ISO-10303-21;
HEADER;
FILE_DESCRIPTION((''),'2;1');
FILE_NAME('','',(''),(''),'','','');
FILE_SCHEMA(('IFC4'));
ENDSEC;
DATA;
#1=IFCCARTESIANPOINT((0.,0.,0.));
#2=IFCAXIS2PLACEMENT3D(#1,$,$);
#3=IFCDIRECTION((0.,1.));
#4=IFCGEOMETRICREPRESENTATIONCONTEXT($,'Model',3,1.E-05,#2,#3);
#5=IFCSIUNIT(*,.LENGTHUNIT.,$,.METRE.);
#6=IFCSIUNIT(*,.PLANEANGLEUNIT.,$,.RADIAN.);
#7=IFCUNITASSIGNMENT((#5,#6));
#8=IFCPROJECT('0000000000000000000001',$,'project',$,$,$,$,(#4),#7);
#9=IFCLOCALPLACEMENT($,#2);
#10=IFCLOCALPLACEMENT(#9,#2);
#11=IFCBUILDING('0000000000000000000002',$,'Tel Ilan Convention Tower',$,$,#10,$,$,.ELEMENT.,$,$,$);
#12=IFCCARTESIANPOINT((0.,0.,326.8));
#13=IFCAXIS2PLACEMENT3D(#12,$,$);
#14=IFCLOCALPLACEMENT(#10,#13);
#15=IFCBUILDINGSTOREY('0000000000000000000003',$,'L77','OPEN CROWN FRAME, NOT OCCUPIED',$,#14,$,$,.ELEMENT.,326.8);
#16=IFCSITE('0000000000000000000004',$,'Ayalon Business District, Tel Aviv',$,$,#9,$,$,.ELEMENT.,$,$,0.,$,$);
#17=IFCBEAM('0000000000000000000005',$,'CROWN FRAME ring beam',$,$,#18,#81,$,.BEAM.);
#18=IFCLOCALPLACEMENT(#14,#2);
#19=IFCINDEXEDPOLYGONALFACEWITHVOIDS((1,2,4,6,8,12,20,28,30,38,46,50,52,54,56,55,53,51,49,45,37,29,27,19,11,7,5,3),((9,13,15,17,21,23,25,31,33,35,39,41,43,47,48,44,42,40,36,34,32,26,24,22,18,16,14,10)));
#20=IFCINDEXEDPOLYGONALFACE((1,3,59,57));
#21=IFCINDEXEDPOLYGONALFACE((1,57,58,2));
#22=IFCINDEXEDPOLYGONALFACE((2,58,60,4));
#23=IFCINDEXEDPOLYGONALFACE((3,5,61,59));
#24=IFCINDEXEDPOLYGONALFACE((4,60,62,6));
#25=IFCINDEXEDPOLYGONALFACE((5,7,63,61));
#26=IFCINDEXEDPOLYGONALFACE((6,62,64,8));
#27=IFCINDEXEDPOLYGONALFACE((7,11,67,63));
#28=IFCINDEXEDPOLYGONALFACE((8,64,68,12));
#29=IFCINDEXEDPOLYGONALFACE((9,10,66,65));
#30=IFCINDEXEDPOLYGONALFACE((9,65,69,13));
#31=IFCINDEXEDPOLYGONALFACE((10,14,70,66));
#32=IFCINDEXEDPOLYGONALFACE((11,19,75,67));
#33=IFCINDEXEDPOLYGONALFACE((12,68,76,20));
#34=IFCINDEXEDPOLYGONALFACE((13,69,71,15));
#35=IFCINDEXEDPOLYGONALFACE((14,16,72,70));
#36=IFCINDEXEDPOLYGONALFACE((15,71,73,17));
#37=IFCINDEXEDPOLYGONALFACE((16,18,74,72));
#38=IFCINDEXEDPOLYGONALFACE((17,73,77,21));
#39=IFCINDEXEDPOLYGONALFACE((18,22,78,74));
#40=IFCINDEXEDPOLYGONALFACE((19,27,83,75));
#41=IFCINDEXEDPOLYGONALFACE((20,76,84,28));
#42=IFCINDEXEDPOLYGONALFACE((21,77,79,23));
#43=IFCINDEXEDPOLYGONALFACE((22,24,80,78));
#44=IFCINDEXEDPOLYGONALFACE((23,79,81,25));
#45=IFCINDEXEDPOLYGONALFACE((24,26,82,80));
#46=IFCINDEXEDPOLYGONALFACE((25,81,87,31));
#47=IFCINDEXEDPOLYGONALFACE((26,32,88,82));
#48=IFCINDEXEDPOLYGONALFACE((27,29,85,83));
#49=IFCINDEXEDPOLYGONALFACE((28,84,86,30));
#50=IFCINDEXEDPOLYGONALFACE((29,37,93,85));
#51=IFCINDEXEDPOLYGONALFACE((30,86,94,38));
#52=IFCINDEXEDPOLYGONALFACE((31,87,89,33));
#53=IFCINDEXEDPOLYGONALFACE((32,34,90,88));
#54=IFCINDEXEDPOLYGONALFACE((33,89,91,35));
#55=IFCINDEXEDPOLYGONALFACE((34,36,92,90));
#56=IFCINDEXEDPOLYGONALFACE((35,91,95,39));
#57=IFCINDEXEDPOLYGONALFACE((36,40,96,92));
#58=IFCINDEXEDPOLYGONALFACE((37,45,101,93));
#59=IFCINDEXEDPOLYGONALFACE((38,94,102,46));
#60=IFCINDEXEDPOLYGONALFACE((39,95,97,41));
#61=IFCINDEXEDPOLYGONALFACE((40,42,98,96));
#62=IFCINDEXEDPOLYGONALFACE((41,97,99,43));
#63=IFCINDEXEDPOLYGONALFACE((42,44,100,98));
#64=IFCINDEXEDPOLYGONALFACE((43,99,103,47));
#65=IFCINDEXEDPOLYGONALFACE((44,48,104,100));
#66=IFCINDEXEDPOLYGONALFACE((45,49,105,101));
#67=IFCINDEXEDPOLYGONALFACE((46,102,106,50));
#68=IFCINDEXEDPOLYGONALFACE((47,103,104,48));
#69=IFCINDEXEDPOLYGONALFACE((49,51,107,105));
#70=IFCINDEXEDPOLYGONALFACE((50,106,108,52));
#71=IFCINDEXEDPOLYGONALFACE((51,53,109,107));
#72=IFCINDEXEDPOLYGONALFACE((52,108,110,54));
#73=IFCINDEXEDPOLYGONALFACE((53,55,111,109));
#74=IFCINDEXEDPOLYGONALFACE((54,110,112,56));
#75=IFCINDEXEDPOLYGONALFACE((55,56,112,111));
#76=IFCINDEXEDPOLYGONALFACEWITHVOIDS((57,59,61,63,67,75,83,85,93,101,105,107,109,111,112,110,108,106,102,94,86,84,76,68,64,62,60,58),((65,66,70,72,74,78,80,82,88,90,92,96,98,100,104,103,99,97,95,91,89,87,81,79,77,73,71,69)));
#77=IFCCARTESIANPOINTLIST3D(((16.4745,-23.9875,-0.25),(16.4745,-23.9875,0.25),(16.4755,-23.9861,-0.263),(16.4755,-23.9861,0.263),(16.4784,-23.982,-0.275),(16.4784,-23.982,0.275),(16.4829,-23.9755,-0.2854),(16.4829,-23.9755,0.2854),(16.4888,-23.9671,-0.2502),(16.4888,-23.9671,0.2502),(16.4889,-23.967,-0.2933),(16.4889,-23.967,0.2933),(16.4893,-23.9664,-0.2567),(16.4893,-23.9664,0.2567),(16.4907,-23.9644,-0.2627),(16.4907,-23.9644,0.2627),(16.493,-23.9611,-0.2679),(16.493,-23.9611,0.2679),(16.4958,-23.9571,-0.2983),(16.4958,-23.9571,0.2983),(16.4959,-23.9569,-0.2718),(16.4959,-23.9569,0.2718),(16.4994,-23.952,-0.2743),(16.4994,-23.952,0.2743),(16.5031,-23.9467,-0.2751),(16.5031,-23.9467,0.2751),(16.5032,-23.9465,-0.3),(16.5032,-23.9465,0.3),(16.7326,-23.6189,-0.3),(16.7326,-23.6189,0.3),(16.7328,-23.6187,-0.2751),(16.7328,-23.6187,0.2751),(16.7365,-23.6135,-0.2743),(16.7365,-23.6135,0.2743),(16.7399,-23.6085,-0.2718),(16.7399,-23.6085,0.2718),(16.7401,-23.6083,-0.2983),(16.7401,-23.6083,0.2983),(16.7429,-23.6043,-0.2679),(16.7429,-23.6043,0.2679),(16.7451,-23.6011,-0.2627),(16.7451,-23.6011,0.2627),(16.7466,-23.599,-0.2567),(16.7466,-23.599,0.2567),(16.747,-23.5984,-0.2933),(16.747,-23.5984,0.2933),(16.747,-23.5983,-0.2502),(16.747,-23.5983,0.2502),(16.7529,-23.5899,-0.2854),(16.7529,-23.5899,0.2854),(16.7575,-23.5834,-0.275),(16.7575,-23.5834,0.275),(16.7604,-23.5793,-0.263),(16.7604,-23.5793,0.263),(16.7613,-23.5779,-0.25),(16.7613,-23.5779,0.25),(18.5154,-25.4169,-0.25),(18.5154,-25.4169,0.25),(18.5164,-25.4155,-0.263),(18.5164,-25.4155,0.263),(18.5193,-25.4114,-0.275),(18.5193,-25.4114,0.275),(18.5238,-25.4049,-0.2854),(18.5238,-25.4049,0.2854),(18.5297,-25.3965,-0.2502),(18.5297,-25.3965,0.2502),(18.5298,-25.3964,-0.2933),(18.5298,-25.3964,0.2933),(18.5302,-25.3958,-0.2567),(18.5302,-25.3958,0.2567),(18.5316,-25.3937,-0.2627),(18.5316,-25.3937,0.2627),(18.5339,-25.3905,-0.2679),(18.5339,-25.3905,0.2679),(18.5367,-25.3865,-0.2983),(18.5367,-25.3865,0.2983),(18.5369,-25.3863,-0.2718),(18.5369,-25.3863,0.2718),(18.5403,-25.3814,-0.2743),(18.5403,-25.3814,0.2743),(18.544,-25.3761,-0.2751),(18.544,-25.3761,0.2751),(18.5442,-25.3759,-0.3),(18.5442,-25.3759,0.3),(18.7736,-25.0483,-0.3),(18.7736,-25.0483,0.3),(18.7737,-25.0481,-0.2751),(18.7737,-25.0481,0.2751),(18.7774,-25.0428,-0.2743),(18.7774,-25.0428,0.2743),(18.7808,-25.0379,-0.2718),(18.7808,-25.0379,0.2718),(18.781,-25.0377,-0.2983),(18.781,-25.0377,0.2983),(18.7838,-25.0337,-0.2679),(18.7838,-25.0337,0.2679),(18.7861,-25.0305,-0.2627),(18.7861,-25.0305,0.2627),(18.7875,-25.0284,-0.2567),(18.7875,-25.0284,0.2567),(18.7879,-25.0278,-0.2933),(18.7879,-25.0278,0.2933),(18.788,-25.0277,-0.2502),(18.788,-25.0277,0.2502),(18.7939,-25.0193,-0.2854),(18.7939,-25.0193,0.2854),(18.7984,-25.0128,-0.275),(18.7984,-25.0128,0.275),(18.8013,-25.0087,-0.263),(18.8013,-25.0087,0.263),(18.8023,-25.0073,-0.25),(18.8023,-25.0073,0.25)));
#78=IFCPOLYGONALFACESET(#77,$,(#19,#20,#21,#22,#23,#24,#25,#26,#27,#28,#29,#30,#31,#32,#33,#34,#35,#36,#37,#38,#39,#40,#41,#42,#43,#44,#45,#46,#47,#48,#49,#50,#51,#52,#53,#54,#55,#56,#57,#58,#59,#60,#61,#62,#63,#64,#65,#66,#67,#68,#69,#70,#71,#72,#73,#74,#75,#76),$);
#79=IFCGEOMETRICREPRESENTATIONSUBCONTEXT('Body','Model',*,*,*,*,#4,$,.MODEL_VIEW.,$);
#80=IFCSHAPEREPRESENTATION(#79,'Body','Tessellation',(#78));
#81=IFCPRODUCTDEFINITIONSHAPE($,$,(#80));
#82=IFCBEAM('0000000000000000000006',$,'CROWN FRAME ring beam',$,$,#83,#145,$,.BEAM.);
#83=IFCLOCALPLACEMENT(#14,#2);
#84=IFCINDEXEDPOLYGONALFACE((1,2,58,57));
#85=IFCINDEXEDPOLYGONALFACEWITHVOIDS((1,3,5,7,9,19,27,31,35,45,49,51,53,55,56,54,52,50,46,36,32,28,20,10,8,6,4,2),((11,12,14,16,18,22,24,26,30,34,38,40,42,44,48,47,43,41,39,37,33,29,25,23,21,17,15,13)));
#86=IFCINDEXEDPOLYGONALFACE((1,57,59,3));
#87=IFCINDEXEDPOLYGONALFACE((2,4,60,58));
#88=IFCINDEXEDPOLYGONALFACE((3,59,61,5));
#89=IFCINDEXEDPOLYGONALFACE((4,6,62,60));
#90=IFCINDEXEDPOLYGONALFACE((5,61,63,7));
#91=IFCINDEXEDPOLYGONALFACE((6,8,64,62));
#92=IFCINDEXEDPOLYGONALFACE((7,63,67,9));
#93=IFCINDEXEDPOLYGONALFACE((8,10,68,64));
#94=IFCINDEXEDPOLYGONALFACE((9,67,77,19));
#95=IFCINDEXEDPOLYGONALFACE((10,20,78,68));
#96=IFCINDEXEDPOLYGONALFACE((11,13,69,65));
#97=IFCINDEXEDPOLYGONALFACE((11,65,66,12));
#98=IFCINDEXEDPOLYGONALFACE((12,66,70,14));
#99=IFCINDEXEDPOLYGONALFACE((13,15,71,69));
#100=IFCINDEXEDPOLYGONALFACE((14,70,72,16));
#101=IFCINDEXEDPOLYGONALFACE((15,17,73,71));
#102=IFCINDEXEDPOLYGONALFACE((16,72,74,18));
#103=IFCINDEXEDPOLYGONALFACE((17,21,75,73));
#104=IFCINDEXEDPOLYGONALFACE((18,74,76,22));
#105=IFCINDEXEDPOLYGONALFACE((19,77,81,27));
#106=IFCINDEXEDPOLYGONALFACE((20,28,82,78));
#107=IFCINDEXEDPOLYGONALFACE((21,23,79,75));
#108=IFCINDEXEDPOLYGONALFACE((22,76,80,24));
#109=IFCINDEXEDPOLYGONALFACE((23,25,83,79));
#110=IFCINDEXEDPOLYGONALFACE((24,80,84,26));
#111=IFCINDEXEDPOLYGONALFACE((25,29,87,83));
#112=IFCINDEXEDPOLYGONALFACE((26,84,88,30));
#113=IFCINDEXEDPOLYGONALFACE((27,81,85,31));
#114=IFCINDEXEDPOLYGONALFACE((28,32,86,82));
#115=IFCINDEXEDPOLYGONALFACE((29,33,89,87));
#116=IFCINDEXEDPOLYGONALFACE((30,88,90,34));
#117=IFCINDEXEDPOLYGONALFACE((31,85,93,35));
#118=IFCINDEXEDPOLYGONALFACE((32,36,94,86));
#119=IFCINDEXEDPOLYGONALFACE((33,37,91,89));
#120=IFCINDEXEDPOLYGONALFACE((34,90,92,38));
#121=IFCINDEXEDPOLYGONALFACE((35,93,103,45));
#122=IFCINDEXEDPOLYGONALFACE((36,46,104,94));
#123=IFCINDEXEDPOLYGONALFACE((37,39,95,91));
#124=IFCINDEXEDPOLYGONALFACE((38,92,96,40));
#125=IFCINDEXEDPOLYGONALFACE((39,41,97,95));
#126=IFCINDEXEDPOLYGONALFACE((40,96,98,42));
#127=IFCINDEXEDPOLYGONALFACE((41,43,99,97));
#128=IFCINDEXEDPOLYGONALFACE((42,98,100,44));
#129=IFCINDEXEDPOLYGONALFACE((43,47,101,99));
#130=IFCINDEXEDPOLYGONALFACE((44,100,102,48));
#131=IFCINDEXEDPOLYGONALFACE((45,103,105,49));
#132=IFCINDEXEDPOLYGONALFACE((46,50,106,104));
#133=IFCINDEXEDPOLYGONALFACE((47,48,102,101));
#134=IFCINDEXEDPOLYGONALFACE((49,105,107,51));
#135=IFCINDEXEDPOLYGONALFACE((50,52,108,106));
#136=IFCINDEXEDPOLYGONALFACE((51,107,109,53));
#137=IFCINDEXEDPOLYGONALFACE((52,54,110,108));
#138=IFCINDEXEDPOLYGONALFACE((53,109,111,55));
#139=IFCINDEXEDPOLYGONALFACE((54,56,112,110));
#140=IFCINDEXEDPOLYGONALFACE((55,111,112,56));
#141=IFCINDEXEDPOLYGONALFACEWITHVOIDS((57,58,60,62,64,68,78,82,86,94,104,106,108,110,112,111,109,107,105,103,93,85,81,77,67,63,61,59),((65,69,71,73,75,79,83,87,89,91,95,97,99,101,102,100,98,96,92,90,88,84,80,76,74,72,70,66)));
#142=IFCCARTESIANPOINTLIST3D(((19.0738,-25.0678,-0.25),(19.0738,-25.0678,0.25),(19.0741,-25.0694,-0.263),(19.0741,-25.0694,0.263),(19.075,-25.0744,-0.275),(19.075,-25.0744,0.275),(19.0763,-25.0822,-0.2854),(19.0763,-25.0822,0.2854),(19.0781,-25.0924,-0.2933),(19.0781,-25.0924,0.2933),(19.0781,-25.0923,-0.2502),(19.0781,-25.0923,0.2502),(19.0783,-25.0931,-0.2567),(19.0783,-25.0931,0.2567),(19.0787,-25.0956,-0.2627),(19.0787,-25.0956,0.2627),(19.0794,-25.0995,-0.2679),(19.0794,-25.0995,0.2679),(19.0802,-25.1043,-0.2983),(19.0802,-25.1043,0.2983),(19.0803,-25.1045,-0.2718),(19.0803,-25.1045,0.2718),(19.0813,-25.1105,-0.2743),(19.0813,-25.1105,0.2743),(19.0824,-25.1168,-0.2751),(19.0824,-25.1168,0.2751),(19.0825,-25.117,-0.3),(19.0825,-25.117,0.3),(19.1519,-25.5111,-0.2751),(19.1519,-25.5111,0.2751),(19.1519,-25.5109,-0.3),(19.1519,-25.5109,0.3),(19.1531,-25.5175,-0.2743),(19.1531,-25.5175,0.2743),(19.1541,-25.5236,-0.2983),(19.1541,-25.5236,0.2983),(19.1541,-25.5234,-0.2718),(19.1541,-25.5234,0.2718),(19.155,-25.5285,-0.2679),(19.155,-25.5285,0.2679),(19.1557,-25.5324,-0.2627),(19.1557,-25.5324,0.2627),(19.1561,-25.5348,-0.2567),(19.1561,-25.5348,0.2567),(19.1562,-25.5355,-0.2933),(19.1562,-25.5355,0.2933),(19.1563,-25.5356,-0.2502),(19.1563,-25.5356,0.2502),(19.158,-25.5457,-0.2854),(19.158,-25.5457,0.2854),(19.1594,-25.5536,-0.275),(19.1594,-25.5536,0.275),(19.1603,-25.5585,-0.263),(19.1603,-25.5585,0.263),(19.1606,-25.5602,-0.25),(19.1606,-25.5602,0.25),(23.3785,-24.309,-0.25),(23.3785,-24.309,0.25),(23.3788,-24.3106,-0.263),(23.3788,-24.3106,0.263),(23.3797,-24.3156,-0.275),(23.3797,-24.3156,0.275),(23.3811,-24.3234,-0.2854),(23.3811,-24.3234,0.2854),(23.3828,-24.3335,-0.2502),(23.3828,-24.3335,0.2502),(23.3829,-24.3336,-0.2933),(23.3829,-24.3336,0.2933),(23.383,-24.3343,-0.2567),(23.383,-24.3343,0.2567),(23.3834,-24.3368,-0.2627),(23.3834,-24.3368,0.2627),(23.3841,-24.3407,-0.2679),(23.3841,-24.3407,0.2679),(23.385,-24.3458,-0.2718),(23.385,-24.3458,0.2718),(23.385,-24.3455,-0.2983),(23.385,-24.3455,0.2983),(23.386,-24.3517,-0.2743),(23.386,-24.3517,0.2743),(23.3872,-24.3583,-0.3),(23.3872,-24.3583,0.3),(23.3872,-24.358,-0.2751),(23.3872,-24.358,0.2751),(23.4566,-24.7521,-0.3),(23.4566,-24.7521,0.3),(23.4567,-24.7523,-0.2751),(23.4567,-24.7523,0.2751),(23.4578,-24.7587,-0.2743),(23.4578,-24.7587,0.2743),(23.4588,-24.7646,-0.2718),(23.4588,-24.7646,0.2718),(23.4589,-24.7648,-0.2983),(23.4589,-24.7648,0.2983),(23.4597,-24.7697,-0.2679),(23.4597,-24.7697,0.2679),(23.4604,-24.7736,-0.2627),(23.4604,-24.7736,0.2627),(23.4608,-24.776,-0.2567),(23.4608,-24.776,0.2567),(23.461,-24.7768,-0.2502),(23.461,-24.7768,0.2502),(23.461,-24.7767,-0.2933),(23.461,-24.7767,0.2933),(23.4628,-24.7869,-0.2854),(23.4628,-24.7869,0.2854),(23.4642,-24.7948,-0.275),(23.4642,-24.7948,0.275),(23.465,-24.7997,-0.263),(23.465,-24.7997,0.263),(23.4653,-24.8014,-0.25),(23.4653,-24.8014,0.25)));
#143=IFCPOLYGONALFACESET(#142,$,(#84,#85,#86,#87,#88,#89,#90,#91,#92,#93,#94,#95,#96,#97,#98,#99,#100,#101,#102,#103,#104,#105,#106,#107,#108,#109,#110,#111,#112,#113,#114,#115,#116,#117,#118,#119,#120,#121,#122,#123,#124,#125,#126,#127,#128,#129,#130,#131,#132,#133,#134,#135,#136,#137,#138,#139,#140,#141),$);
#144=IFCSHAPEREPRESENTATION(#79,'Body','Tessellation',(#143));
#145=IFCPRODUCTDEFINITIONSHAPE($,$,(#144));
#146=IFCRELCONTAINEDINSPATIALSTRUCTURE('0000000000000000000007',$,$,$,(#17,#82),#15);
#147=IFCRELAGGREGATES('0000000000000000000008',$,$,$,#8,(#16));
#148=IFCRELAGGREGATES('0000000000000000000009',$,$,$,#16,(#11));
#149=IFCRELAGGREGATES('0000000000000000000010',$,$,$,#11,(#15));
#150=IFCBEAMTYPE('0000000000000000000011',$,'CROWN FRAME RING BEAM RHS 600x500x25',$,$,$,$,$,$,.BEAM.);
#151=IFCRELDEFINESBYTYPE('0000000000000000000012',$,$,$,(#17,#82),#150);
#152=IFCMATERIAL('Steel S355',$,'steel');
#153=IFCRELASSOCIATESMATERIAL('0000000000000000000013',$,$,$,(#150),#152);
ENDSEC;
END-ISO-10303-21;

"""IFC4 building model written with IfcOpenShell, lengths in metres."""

from ifc_helpers import new_model, si_unit, direction, frame, origin, origin_2d, place, context, subcontext, project, spatial, hollow_rectangle, extrude, material, material_profile, profile_set, type_object, element, save


model = new_model("IFC4")

# Units and contexts
model_context = context("Model", 3, precision=1e-05, world=origin(), true_north=direction((0.0, 1.0)))
body_context = subcontext(model_context, "Body", "Model", "MODEL_VIEW")
ifc_project = project(units=[si_unit("LENGTHUNIT", "METRE"), si_unit("PLANEANGLEUNIT", "RADIAN")], contexts=[model_context])

# Site, building, storey
site_placement = place(None, origin())
site = spatial("IfcSite", under=ifc_project, at=site_placement, Name="Ayalon Business District, Tel Aviv", CompositionType="ELEMENT", RefElevation=0.0)
building_placement = place(site_placement, origin())
building = spatial("IfcBuilding", under=site, at=building_placement, Name="Tel Ilan Convention Tower", CompositionType="ELEMENT")
storey_placement = place(building_placement, frame((0.0, 0.0, 326.8)))
storey = spatial("IfcBuildingStorey", under=building, at=storey_placement, Name="L77", Description="OPEN CROWN FRAME, NOT OCCUPIED", CompositionType="ELEMENT", Elevation=326.8)

# Beams
ifc_material_1 = material(Name="Steel S355", Category="steel")
ifc_material_profile_1 = material_profile(ifc_material_1, hollow_rectangle(XDim=0.5, YDim=0.6001, WallThickness=0.0249, InnerFilletRadius=0.0249, OuterFilletRadius=0.05, at=origin_2d()), Name="RHS 600x500x25")
ifc_profile_set_1 = profile_set([ifc_material_profile_1], Name="Steel S355")
beam_type = type_object("IfcBeamType", Name="CROWN FRAME RING BEAM RHS 600x500x25", PredefinedType="BEAM", material=ifc_profile_set_1)
beam_1_placement = place(storey_placement, frame((16.6179, -23.7827, 0.0), z_axis=(0.819094, -0.57366, 0.0), x_axis=(0.57366, 0.819094, 0.0)))
element("IfcBeam", 1, at=beam_1_placement, inside=storey, type_object=beam_type, Name="CROWN FRAME ring beam", PredefinedType="BEAM", context=body_context, shape_type="SweptSolid", body=[
    extrude(hollow_rectangle(XDim=0.5, YDim=0.6001, WallThickness=0.0249, InnerFilletRadius=0.0249, OuterFilletRadius=0.05, at=origin_2d()), origin(), (0.0, 0.0, 1.0), 2.4917),
])
beam_2_placement = place(storey_placement, frame((19.1172, -25.314, 0.0), z_axis=(0.984817, 0.173594, 0.0), x_axis=(-0.173594, 0.984817, 0.0)))
element("IfcBeam", 2, at=beam_2_placement, inside=storey, type_object=beam_type, Name="CROWN FRAME ring beam", PredefinedType="BEAM", context=body_context, shape_type="SweptSolid", body=[
    extrude(hollow_rectangle(XDim=0.5, YDim=0.6001, WallThickness=0.0249, InnerFilletRadius=0.0249, OuterFilletRadius=0.05, at=origin_2d()), origin(), (0.0, 0.0, 1.0), 4.3711),
])

save(model, "model.ifc")
